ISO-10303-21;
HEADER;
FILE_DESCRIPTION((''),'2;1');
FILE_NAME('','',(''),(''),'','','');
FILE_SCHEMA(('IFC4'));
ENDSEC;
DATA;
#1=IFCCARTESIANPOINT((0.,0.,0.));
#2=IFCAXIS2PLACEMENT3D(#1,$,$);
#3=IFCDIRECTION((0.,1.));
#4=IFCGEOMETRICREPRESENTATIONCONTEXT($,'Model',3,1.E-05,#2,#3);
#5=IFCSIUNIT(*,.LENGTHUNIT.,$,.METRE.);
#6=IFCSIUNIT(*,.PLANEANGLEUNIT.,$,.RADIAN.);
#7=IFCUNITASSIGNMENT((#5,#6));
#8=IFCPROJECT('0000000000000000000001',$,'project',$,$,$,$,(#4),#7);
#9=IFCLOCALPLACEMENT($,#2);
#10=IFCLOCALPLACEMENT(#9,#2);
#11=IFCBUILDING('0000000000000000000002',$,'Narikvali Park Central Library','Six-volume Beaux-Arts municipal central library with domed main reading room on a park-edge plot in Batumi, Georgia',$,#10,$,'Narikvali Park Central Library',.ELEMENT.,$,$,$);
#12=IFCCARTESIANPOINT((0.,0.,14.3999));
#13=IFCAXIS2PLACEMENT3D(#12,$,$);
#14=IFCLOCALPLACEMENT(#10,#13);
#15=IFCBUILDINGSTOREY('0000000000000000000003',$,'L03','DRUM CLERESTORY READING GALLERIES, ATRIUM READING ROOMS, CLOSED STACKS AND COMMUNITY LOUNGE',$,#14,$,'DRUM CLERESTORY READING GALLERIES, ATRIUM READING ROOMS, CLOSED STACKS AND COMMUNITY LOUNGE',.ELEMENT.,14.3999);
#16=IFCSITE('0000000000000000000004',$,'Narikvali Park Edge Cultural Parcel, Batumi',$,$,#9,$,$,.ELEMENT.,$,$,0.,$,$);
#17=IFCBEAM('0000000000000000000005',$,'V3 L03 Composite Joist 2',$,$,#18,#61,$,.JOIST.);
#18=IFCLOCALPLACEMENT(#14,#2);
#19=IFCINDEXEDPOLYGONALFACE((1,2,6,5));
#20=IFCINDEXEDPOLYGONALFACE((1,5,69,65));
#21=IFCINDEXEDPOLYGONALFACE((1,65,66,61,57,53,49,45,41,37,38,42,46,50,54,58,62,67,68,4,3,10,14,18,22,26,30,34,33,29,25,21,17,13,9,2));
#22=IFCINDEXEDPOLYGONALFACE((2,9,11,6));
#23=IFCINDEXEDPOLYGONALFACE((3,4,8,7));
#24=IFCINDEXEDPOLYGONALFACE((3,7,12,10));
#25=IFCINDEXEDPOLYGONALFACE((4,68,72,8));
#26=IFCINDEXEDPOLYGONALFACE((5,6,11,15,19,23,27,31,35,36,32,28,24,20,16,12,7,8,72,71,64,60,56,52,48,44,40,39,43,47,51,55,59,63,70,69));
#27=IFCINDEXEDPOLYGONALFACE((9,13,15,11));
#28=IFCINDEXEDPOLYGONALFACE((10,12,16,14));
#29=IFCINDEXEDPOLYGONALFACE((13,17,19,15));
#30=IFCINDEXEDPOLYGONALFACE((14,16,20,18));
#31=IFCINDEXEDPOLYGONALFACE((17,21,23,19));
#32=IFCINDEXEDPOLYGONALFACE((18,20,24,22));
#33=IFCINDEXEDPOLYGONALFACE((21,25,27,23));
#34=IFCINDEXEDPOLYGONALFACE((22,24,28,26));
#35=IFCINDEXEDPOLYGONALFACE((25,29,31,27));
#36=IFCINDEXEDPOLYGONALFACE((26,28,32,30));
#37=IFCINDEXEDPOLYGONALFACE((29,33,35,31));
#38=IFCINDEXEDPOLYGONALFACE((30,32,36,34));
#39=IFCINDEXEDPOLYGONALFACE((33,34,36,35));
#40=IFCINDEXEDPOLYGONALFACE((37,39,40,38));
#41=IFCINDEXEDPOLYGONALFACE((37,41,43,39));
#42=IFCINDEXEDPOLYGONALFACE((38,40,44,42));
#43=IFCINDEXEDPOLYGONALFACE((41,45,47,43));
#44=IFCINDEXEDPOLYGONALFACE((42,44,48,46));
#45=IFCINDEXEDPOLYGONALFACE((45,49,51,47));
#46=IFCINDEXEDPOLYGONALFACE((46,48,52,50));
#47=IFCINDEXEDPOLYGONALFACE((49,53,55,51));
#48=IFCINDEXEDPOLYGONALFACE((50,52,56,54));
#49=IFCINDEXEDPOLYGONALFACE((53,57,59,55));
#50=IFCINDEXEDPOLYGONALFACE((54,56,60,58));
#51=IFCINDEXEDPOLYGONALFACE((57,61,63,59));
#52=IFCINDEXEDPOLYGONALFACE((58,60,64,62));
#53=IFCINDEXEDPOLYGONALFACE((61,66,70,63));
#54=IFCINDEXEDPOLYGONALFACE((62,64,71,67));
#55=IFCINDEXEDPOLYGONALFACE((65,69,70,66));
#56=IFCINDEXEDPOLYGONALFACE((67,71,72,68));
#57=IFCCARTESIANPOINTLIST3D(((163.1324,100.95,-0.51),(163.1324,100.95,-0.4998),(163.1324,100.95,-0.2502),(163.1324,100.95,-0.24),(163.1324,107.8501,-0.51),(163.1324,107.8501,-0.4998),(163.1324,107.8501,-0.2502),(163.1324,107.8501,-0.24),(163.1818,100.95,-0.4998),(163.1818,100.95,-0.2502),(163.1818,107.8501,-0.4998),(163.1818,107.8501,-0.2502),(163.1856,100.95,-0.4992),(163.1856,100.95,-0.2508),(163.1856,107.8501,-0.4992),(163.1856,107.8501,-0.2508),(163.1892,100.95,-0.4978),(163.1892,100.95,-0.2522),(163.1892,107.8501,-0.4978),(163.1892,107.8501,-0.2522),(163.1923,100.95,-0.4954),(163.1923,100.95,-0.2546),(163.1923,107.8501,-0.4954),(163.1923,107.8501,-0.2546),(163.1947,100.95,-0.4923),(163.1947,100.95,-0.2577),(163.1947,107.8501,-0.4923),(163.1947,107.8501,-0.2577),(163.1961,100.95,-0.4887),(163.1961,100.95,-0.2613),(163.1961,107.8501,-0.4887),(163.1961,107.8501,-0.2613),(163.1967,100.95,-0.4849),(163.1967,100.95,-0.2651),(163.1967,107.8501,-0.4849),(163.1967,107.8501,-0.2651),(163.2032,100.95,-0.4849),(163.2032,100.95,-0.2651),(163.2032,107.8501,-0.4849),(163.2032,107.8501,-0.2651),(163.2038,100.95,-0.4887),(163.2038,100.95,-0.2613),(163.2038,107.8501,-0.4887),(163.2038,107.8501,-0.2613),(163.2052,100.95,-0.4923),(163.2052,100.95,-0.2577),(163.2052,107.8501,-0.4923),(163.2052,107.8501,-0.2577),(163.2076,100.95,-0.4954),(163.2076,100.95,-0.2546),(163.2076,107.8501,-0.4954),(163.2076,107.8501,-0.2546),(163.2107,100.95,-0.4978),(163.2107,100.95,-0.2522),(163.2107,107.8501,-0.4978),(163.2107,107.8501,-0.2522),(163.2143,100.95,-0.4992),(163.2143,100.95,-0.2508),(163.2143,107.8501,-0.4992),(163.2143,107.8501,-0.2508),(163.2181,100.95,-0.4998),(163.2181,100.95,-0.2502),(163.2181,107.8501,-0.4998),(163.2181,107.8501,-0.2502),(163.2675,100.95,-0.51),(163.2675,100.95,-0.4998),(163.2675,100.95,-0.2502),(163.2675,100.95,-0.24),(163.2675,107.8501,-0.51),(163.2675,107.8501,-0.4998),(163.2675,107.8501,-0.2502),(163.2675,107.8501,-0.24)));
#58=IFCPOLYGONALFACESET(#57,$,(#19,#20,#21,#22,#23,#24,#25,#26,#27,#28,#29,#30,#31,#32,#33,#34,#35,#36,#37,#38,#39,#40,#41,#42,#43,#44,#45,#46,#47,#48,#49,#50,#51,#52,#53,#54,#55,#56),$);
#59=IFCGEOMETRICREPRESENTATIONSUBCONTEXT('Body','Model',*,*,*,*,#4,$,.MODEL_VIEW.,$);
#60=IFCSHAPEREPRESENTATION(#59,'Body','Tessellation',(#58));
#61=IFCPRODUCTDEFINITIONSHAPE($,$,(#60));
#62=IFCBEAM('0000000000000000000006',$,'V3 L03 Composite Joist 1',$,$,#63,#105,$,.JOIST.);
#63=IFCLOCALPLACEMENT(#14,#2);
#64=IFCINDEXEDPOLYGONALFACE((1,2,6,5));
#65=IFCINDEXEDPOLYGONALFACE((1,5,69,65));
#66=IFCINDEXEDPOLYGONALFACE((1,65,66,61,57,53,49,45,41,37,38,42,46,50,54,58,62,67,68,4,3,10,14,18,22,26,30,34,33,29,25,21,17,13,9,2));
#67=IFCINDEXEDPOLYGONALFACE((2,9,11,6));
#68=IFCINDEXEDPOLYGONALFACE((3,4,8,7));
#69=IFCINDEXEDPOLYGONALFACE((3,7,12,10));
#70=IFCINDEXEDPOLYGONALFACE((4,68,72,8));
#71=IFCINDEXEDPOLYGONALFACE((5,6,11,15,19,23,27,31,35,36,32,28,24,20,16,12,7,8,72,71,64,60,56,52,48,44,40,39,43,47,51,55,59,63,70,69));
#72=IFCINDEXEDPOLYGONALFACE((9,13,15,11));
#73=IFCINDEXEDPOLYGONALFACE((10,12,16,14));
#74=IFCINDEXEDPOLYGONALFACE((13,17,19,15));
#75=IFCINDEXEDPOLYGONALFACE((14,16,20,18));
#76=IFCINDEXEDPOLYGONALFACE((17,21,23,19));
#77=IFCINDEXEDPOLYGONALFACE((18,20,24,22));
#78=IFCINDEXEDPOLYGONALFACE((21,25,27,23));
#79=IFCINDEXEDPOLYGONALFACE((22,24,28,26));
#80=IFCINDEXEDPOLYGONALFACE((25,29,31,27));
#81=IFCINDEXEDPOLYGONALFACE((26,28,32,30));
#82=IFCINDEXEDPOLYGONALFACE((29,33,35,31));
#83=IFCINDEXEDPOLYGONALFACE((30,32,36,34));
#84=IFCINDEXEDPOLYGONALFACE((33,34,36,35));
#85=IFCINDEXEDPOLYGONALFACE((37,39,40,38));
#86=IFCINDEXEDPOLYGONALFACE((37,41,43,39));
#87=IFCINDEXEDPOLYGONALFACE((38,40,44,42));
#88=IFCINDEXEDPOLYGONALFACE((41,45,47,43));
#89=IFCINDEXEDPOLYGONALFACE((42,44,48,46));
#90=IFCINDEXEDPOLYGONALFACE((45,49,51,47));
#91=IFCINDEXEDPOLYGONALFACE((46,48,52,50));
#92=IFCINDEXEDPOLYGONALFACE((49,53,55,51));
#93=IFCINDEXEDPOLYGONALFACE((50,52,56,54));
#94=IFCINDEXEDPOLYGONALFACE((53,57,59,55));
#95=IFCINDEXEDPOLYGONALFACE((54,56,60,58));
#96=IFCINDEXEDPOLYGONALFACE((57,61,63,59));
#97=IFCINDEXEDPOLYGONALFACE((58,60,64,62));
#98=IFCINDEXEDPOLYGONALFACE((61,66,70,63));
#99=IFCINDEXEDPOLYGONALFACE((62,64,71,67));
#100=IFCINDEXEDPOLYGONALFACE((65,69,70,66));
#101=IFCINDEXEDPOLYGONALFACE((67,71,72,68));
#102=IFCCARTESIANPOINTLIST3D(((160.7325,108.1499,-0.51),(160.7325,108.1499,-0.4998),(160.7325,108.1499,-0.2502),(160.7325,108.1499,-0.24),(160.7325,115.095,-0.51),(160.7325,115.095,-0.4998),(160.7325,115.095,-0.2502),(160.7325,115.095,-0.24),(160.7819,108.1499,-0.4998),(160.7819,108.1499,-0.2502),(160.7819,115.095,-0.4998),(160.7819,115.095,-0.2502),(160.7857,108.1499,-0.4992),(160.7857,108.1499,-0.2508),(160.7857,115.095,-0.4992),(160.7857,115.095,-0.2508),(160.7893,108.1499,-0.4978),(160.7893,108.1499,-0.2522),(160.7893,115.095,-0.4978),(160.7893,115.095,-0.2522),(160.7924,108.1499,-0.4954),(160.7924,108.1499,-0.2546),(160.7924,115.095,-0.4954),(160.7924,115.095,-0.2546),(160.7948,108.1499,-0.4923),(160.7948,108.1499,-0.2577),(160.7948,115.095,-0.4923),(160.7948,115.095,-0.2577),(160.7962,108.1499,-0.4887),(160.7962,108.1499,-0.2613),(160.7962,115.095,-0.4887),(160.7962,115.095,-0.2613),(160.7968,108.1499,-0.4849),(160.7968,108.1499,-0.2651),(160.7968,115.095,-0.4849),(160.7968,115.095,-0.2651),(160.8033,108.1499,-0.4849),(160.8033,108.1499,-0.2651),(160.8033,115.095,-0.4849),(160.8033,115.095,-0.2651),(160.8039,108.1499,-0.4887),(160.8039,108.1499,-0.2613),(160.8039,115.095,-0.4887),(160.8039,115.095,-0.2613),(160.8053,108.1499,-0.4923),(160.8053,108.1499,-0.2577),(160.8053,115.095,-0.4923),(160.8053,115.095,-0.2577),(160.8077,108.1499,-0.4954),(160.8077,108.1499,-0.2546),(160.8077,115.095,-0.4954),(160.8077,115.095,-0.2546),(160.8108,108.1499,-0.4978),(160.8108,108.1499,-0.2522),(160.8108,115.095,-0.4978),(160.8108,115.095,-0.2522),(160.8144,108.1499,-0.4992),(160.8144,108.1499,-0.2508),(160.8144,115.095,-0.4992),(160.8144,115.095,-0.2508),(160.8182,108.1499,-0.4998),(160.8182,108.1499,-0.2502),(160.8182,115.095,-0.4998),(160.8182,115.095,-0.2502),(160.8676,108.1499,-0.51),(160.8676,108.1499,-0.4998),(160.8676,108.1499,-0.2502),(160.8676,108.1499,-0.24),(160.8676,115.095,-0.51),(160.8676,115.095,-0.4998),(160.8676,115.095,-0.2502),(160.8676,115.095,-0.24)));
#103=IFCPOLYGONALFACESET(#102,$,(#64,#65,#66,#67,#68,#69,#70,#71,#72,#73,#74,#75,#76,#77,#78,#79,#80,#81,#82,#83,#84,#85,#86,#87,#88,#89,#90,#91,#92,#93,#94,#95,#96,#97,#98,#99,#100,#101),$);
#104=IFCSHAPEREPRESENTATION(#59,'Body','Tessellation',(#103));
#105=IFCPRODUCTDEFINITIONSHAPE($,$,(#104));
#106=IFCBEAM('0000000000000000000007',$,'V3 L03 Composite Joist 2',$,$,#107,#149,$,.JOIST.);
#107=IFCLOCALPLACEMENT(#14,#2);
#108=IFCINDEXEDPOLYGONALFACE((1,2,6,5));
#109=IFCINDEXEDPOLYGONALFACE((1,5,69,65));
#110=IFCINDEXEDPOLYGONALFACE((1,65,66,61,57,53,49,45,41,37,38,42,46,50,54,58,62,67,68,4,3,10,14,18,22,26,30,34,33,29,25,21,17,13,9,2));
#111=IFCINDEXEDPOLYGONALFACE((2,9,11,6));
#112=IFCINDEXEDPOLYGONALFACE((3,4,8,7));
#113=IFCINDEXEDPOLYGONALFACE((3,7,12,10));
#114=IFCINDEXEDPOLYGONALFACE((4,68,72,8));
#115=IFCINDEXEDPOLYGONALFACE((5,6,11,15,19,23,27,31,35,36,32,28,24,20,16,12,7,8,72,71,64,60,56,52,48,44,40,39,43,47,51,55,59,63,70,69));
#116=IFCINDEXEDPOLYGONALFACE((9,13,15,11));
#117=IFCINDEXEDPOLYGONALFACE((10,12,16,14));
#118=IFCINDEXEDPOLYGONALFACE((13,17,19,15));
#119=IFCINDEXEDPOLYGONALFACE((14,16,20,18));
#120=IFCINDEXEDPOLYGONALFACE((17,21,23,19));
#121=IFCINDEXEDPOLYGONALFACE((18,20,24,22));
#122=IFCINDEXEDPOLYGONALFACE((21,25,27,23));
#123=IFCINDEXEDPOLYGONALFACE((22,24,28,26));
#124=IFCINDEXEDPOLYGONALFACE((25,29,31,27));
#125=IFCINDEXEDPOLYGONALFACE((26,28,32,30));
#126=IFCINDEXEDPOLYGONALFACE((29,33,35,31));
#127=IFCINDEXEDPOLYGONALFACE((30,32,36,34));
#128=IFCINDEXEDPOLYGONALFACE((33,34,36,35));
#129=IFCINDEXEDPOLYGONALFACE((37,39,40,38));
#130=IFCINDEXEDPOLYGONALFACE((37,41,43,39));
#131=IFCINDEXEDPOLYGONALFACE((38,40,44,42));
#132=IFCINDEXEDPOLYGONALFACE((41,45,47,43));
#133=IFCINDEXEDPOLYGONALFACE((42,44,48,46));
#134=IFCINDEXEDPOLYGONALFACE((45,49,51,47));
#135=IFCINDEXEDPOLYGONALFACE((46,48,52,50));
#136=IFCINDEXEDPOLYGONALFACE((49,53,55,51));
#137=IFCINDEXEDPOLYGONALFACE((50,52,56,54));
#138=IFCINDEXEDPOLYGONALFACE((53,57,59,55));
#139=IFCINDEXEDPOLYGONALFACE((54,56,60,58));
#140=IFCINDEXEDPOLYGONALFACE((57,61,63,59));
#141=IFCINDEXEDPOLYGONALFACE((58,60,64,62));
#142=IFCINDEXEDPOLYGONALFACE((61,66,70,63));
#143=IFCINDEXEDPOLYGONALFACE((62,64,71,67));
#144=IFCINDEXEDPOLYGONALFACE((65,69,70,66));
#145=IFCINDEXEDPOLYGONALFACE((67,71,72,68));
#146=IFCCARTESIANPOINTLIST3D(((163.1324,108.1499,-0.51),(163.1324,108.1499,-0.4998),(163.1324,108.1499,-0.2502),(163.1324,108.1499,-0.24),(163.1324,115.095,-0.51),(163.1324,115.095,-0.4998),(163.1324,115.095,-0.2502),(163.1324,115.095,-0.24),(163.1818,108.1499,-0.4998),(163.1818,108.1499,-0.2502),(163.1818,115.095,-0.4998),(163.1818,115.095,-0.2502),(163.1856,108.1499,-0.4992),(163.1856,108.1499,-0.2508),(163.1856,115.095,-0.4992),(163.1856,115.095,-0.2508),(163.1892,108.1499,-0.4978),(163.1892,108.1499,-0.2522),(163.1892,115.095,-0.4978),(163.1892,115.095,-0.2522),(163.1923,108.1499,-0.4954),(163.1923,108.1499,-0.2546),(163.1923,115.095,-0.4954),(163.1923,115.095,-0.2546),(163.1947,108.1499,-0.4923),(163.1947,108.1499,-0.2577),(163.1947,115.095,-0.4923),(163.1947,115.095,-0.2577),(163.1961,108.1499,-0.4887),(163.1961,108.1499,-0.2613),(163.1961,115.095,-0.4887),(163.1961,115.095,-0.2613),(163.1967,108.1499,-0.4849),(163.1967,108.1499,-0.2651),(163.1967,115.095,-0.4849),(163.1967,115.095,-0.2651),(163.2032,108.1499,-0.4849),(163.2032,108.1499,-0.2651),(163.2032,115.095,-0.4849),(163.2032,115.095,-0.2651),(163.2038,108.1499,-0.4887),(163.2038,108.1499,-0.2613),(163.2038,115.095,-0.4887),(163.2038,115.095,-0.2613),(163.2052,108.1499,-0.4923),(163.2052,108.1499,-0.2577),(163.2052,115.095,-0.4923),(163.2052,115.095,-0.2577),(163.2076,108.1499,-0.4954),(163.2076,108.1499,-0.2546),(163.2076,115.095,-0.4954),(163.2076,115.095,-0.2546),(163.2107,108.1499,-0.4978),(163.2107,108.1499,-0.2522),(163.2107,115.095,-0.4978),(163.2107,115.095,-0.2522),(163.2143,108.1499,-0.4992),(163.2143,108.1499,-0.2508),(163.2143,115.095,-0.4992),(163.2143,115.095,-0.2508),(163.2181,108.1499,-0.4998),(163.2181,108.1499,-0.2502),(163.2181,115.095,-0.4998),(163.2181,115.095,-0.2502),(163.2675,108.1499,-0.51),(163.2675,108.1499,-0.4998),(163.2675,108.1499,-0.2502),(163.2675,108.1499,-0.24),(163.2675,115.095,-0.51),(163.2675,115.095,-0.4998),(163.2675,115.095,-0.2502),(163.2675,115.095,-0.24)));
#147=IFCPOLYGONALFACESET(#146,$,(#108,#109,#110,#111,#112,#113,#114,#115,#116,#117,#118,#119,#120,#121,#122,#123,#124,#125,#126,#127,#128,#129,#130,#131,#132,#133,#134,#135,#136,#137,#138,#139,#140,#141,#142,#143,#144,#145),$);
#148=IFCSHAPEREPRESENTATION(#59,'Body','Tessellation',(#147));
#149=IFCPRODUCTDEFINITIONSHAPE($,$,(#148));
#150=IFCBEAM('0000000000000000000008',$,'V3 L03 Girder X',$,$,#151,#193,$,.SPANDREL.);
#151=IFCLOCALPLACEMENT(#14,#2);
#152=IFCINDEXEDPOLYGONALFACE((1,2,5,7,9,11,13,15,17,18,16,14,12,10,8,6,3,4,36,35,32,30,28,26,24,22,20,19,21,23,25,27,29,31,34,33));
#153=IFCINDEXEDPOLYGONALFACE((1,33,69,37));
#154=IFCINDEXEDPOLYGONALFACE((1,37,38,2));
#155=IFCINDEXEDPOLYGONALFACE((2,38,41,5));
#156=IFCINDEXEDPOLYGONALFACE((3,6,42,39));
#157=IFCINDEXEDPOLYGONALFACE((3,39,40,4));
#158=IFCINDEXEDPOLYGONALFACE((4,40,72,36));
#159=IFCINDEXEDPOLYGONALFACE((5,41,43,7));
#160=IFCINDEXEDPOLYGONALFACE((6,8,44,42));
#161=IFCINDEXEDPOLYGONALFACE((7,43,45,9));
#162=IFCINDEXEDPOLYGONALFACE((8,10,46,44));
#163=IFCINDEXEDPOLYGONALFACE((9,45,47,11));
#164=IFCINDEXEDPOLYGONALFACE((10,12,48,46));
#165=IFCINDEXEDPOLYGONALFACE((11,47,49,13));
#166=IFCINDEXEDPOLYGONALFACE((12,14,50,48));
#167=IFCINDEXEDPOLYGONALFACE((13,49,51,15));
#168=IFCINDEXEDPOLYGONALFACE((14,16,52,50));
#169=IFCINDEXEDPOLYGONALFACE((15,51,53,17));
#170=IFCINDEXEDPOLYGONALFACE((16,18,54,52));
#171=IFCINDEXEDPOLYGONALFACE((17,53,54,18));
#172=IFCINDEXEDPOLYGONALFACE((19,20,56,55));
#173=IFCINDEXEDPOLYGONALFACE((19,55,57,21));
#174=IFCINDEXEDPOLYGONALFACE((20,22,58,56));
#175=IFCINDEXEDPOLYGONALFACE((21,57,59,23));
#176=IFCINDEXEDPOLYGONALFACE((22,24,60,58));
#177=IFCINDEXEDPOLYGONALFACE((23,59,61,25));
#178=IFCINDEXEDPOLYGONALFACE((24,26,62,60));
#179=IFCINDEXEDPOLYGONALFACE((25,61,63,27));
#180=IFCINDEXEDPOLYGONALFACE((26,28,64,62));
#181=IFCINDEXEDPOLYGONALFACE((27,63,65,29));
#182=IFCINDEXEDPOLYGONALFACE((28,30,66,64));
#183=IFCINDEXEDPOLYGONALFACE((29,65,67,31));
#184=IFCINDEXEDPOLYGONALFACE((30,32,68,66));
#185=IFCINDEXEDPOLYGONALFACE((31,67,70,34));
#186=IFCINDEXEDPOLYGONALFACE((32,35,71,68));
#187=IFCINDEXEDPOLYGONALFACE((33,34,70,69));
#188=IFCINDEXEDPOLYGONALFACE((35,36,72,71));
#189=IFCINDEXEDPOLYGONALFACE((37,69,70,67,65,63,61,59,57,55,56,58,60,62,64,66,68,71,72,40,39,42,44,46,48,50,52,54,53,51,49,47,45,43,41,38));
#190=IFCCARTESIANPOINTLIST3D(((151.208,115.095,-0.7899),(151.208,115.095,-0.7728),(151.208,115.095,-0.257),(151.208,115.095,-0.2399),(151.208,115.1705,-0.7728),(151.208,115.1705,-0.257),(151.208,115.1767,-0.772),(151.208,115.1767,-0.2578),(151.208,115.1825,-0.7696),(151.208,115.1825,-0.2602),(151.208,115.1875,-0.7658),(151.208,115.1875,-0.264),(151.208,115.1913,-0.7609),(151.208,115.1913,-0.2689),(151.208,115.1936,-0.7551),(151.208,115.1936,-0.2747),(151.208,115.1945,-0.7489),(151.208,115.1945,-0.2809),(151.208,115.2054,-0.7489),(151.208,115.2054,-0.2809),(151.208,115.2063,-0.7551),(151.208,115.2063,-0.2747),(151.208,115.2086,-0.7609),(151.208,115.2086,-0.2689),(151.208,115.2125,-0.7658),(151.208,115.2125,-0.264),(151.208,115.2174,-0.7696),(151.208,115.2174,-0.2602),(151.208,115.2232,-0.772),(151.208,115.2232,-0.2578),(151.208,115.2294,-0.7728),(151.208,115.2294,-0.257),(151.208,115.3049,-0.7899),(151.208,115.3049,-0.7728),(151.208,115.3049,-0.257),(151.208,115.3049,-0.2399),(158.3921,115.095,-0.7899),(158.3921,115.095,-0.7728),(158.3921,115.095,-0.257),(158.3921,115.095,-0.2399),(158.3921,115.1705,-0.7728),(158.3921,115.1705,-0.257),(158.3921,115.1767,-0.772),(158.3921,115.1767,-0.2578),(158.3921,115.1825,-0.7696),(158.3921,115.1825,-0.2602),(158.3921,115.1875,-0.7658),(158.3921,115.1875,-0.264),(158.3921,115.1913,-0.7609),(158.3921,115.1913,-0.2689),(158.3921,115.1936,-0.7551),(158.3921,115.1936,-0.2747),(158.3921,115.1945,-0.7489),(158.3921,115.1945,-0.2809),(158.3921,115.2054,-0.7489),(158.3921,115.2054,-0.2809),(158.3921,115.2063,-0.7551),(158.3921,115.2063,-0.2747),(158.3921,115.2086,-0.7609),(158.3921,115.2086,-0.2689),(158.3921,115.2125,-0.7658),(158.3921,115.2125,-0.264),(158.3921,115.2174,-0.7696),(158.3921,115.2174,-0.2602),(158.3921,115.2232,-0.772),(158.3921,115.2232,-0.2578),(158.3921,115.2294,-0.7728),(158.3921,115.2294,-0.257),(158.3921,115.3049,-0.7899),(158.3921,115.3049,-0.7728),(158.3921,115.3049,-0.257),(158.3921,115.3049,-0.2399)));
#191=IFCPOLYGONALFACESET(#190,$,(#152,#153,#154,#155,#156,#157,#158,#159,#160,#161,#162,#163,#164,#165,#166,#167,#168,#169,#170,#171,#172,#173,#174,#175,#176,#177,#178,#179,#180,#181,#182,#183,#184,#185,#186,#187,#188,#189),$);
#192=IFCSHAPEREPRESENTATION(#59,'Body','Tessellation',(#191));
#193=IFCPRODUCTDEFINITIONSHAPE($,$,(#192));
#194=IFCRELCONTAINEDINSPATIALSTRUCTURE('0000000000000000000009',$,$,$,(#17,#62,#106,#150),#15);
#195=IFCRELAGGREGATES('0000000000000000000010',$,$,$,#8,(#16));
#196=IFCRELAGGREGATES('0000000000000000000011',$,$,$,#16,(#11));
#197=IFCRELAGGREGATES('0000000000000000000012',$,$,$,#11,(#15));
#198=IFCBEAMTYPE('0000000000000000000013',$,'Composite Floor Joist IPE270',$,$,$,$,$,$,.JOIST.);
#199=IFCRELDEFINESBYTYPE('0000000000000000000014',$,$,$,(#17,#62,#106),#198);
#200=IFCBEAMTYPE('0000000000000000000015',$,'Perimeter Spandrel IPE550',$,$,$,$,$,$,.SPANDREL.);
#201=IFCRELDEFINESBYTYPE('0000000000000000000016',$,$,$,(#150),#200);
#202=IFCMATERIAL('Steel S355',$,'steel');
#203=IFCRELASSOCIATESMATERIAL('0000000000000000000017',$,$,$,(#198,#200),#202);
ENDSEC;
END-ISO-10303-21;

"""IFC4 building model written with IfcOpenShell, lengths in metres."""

from ifc_helpers import new_model, si_unit, direction, frame, origin, origin_2d, place, context, subcontext, project, spatial, i_section, extrude, material, material_profile, profile_set, type_object, element, save


model = new_model("IFC4")

# Units and contexts
model_context = context("Model", 3, precision=1e-05, world=origin(), true_north=direction((0.0, 1.0)))
body_context = subcontext(model_context, "Body", "Model", "MODEL_VIEW")
ifc_project = project(units=[si_unit("LENGTHUNIT", "METRE"), si_unit("PLANEANGLEUNIT", "RADIAN")], contexts=[model_context])

# Site, building, storey
site_placement = place(None, origin())
site = spatial("IfcSite", under=ifc_project, at=site_placement, Name="Narikvali Park Edge Cultural Parcel, Batumi", CompositionType="ELEMENT", RefElevation=0.0)
building_placement = place(site_placement, origin())
building = spatial("IfcBuilding", under=site, at=building_placement, Name="Narikvali Park Central Library", Description="Six-volume Beaux-Arts municipal central library with domed main reading room on a park-edge plot in Batumi, Georgia", LongName="Narikvali Park Central Library", CompositionType="ELEMENT")
storey_placement = place(building_placement, frame((0.0, 0.0, 14.3999)))
storey = spatial("IfcBuildingStorey", under=building, at=storey_placement, Name="L03", Description="DRUM CLERESTORY READING GALLERIES, ATRIUM READING ROOMS, CLOSED STACKS AND COMMUNITY LOUNGE", LongName="DRUM CLERESTORY READING GALLERIES, ATRIUM READING ROOMS, CLOSED STACKS AND COMMUNITY LOUNGE", CompositionType="ELEMENT", Elevation=14.3999)

# Shared definitions
ifc_material_1 = material(Name="Steel S355", Category="steel")

# Beams
ifc_material_profile_1 = material_profile(ifc_material_1, i_section(OverallWidth=0.135, OverallDepth=0.27, WebThickness=0.0066, FlangeThickness=0.0103, FilletRadius=0.0149, at=origin_2d()), Name="IPE 270")
ifc_profile_set_1 = profile_set([ifc_material_profile_1], Name="Steel S355")
beam_type_1 = type_object("IfcBeamType", Name="Composite Floor Joist IPE270", PredefinedType="JOIST", material=ifc_profile_set_1)
for number, where, z_axis, x_axis, name in (
    (1, (163.2, 100.95, -0.375), (0.0, 1.0, 0.0), (-1.0, 0.0, 0.0), "V3 L03 Composite Joist 2"),
):
    element("IfcBeam", number, at=place(storey_placement, frame(where, z_axis=z_axis, x_axis=x_axis)), inside=storey, type_object=beam_type_1, Name=name, PredefinedType="JOIST", context=body_context, shape_type="SweptSolid", body=[
        extrude(i_section(OverallWidth=0.135, OverallDepth=0.27, WebThickness=0.0066, FlangeThickness=0.0103, FilletRadius=0.0149, at=origin_2d()), origin(), (0.0, 0.0, 1.0), 6.9001),
    ])
for number, where, z_axis, x_axis, name in (
    (2, (160.8, 108.1499, -0.375), (0.0, 1.0, 0.0), (-1.0, 0.0, 0.0), "V3 L03 Composite Joist 1"),
    (3, (163.2, 108.1499, -0.375), (0.0, 1.0, 0.0), (-1.0, 0.0, 0.0), "V3 L03 Composite Joist 2"),
):
    element("IfcBeam", number, at=place(storey_placement, frame(where, z_axis=z_axis, x_axis=x_axis)), inside=storey, type_object=beam_type_1, Name=name, PredefinedType="JOIST", context=body_context, shape_type="SweptSolid", body=[
        extrude(i_section(OverallWidth=0.135, OverallDepth=0.27, WebThickness=0.0066, FlangeThickness=0.0103, FilletRadius=0.0149, at=origin_2d()), origin(), (0.0, 0.0, 1.0), 6.9451),
    ])
ifc_material_profile_2 = material_profile(ifc_material_1, i_section(OverallWidth=0.21, OverallDepth=0.55, WebThickness=0.011, FlangeThickness=0.0171, FilletRadius=0.0239, at=origin_2d()), Name="IPE 550")
ifc_profile_set_2 = profile_set([ifc_material_profile_2], Name="Steel S355")
beam_type_2 = type_object("IfcBeamType", Name="Perimeter Spandrel IPE550", PredefinedType="SPANDREL", material=ifc_profile_set_2)
for number, where, z_axis, x_axis, name in (
    (4, (151.208, 115.2, -0.5149), (1.0, 0.0, 0.0), (0.0, 1.0, 0.0), "V3 L03 Girder X"),
):
    element("IfcBeam", number, at=place(storey_placement, frame(where, z_axis=z_axis, x_axis=x_axis)), inside=storey, type_object=beam_type_2, Name=name, PredefinedType="SPANDREL", context=body_context, shape_type="SweptSolid", body=[
        extrude(i_section(OverallWidth=0.21, OverallDepth=0.55, WebThickness=0.011, FlangeThickness=0.0171, FilletRadius=0.0239, at=origin_2d()), origin(), (0.0, 0.0, 1.0), 7.1841),
    ])

save(model, "model.ifc")
